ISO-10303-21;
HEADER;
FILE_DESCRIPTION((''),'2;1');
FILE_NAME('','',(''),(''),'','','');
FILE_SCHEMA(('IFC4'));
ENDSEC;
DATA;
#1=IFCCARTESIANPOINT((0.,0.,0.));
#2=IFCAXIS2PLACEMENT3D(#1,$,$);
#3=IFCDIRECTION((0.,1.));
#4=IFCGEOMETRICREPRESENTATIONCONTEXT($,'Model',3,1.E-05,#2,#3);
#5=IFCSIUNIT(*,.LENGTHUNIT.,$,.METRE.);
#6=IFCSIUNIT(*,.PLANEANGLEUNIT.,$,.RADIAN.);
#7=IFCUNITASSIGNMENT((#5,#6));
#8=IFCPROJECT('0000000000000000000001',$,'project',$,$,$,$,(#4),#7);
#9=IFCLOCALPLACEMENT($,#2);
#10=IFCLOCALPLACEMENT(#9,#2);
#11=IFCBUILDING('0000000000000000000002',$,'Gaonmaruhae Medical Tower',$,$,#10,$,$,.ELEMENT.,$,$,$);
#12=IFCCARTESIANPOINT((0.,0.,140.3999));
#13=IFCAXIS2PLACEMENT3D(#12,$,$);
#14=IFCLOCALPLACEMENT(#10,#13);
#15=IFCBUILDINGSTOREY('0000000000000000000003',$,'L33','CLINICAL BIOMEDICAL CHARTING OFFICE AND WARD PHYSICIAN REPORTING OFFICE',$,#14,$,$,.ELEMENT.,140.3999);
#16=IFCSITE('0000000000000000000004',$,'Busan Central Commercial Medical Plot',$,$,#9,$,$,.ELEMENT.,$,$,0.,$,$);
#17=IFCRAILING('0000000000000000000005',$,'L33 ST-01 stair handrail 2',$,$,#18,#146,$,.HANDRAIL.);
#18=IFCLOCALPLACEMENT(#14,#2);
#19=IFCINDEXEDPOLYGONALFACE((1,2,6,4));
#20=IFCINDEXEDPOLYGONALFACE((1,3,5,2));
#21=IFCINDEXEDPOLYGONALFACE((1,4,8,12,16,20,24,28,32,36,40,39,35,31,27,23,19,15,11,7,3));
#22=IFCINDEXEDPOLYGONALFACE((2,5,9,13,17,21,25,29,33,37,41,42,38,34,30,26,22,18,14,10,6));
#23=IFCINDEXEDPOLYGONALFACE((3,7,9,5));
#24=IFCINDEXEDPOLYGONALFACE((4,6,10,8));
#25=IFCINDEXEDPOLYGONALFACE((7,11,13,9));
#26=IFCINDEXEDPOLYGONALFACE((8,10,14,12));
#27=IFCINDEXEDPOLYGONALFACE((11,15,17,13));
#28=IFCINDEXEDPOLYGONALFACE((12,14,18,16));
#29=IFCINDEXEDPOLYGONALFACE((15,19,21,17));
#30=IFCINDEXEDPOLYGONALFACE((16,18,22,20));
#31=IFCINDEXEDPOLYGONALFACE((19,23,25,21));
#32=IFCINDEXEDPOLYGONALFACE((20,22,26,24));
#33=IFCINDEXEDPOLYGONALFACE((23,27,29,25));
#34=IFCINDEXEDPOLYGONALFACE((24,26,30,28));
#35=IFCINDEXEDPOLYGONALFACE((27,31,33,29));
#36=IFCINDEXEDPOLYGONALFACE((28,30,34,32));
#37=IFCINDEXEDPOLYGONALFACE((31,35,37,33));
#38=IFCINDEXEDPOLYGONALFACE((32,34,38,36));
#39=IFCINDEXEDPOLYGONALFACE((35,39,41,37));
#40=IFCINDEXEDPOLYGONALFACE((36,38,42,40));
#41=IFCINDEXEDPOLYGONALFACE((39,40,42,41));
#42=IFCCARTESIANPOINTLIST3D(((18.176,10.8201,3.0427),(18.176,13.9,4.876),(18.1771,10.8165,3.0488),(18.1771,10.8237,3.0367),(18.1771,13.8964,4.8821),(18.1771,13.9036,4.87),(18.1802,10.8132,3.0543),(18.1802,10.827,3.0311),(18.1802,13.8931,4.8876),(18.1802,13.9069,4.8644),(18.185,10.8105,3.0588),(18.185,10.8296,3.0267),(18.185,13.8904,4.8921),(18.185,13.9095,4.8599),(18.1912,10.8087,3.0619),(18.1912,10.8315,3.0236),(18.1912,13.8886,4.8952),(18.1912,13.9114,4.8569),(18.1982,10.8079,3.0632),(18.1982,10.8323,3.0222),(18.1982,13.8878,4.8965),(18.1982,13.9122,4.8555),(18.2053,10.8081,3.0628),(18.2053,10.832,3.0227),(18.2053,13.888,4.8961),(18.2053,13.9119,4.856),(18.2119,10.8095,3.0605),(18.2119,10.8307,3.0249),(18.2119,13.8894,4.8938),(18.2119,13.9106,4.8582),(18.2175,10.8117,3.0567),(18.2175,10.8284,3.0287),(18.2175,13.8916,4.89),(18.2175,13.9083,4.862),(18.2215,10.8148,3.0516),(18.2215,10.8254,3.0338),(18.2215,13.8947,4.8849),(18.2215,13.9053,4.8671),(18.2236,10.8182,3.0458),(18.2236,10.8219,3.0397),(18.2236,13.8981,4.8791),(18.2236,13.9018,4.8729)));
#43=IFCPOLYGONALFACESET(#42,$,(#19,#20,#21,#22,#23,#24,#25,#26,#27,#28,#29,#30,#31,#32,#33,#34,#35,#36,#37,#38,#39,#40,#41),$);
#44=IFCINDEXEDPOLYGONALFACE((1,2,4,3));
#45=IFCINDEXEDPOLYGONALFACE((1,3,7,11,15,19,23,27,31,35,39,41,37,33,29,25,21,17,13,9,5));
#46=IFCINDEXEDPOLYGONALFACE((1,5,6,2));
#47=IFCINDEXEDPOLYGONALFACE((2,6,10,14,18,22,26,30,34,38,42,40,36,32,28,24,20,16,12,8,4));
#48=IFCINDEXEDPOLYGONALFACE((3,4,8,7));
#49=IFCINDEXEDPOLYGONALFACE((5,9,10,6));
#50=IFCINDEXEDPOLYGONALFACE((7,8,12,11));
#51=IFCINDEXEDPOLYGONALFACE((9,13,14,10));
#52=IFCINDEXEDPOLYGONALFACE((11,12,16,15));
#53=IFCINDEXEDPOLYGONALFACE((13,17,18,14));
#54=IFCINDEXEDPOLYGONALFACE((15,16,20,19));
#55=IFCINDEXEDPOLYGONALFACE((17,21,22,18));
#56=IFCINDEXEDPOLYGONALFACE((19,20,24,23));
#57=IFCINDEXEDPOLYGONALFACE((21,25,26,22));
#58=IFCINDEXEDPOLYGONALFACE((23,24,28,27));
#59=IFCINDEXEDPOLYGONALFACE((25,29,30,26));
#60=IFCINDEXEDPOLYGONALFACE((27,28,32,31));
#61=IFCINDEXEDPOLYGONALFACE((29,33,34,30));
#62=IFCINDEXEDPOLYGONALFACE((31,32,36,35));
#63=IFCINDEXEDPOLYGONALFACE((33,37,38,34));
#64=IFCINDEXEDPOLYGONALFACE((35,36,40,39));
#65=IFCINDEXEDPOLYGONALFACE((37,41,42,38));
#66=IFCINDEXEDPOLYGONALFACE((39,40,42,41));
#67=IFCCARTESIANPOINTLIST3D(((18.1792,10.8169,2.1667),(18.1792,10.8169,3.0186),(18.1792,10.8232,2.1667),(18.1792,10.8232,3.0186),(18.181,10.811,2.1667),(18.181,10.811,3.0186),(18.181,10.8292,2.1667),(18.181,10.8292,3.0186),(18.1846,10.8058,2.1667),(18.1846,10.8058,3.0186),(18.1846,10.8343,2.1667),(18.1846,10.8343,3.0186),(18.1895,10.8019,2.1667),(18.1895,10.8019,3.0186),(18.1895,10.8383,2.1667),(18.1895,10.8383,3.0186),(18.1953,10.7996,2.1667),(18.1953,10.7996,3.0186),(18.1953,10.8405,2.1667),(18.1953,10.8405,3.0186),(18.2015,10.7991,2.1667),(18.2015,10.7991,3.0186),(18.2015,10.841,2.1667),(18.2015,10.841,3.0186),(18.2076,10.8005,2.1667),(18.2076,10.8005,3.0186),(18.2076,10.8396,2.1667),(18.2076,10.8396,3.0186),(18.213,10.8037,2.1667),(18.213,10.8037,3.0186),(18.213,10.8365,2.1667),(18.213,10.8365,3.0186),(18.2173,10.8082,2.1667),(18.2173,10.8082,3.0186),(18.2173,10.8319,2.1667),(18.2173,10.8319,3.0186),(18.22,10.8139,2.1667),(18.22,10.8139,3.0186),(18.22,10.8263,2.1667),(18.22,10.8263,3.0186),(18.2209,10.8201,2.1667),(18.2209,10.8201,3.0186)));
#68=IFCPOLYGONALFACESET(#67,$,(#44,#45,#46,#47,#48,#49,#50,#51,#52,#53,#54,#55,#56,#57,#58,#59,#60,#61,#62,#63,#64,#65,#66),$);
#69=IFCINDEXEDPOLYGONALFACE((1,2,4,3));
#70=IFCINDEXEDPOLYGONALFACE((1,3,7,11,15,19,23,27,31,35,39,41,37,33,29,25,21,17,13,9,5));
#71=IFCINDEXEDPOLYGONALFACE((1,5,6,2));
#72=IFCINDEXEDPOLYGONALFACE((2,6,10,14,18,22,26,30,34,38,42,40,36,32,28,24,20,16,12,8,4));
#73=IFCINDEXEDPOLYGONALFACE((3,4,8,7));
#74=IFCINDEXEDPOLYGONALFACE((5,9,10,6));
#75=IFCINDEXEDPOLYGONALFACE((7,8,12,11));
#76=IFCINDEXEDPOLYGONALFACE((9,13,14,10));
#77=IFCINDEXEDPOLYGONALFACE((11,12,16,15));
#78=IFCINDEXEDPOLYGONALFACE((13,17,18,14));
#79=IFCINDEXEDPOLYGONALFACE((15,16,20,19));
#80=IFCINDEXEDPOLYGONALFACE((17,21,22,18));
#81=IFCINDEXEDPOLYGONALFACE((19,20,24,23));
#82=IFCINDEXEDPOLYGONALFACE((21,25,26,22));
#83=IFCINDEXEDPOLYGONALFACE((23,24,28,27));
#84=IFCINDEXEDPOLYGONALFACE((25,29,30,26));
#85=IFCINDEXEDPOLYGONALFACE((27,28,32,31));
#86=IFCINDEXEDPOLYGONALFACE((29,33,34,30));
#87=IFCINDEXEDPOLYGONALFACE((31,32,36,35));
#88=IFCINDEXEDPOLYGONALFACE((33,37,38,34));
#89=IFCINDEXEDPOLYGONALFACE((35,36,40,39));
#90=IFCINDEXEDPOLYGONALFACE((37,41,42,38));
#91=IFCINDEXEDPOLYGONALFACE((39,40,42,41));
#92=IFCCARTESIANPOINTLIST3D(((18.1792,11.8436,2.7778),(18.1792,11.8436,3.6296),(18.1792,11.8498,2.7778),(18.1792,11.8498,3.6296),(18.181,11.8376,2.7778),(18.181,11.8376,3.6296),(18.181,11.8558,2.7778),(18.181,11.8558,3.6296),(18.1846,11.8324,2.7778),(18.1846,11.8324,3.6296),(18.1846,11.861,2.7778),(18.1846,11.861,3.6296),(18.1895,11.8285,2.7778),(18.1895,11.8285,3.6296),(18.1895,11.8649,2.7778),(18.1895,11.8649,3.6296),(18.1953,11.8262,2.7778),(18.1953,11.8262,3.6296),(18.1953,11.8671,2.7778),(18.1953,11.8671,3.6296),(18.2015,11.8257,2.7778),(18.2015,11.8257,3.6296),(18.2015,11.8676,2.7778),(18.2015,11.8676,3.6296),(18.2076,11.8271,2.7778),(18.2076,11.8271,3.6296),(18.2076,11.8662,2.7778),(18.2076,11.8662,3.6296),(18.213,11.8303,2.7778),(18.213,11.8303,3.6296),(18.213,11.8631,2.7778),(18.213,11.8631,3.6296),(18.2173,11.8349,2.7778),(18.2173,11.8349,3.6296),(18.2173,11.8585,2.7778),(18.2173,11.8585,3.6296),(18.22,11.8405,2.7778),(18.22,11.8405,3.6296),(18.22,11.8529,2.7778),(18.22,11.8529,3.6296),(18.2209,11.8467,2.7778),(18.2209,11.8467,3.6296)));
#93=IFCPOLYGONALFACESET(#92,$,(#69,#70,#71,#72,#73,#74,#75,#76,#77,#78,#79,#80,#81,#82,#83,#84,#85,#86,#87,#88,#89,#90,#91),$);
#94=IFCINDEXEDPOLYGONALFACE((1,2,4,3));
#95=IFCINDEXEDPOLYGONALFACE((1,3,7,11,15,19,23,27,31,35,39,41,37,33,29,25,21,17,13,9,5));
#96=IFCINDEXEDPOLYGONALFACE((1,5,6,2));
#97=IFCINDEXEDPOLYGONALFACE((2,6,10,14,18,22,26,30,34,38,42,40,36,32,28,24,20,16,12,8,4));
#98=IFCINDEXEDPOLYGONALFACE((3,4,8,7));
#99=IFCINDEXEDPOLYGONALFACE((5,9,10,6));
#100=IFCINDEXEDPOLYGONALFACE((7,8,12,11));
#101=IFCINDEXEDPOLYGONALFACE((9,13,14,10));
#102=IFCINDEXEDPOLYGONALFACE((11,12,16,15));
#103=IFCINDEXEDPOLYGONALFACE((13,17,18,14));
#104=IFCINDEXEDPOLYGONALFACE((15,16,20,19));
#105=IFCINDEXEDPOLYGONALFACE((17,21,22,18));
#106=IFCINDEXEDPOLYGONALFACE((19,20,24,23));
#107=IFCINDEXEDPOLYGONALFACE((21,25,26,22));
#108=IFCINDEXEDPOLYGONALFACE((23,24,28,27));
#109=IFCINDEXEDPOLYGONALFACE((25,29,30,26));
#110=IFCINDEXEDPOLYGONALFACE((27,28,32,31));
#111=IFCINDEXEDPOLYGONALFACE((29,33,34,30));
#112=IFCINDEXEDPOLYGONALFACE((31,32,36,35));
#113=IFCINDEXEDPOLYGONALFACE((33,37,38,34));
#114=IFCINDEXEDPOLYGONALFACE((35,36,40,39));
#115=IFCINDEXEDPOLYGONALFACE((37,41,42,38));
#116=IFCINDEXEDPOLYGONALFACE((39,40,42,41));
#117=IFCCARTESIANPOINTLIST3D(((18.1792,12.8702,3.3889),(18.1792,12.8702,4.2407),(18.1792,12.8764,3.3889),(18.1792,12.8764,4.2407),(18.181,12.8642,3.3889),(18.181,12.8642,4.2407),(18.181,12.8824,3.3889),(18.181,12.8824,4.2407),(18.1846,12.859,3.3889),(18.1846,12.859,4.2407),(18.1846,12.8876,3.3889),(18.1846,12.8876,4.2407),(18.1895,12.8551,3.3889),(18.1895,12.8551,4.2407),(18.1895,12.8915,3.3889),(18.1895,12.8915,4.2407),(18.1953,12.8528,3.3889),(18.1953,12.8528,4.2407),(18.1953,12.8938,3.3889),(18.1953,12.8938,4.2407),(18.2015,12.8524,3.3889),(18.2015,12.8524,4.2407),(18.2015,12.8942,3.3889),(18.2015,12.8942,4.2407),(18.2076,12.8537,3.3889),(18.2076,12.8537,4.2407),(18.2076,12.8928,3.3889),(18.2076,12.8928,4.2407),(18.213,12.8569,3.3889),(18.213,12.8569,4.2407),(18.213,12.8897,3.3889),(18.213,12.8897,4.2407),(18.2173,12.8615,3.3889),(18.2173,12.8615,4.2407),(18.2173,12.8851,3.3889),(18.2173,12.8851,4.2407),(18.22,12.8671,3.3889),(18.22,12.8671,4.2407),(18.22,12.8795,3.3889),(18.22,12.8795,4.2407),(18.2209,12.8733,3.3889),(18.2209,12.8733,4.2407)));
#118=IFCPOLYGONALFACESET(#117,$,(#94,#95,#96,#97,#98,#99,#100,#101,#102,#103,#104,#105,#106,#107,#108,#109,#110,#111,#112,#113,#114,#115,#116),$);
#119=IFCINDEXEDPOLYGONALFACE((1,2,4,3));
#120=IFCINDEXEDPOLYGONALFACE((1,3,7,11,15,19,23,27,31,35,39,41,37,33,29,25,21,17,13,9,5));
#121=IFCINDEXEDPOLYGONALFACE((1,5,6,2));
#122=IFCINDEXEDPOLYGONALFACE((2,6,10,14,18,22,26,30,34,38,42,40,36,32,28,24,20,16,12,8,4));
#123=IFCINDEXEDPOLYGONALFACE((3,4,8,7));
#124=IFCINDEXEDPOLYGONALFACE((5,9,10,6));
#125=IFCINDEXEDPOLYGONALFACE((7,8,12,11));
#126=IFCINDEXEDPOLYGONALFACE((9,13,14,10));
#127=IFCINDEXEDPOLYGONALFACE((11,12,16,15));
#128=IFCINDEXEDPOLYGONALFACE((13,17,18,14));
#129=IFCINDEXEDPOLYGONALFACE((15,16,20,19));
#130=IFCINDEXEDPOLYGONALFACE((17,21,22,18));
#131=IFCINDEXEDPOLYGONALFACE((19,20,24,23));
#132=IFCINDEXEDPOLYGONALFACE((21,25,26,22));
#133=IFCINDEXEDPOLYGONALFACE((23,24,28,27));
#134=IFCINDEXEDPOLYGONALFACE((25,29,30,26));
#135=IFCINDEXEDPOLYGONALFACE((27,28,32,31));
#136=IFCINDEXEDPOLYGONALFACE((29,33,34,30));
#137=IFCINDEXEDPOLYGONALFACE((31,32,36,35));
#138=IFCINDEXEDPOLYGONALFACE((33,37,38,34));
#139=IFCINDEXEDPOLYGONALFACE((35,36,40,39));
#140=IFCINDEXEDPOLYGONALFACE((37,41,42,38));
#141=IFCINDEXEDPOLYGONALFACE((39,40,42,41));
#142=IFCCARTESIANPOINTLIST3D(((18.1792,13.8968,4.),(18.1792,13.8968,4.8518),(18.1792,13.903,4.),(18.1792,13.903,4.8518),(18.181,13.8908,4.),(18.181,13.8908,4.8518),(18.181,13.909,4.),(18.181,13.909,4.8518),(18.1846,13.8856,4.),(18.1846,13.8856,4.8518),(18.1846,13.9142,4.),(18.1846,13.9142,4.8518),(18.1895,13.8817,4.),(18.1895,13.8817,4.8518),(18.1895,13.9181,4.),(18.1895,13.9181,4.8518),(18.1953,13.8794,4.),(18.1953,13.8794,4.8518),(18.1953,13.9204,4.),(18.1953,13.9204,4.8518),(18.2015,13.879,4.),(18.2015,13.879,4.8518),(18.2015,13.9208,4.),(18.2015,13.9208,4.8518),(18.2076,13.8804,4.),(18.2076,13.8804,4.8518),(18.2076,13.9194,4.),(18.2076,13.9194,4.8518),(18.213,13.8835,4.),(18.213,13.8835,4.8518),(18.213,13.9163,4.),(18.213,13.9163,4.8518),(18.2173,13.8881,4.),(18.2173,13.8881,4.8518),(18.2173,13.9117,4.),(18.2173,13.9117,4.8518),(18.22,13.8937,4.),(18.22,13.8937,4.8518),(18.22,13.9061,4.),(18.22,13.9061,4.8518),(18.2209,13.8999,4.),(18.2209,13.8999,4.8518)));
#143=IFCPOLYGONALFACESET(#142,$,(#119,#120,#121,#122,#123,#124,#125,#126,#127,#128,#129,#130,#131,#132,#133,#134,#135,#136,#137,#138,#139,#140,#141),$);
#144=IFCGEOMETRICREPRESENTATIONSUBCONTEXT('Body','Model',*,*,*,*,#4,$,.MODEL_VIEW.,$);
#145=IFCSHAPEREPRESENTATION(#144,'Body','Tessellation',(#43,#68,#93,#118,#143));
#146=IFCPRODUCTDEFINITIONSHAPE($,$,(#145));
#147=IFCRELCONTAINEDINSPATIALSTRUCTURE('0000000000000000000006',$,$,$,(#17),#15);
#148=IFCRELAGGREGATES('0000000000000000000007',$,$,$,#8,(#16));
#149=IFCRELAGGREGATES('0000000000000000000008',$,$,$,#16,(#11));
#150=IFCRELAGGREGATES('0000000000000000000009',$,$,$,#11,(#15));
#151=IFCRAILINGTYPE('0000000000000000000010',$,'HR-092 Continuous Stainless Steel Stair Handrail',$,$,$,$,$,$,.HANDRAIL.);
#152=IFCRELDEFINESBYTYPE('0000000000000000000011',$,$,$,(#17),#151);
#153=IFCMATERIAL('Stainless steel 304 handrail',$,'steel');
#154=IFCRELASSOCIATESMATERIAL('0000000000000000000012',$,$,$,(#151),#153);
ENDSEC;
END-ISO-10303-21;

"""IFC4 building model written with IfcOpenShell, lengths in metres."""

from ifc_helpers import new_model, si_unit, direction, frame, origin, origin_2d, place, context, subcontext, project, spatial, circle, extrude, material, type_object, element, save


model = new_model("IFC4")

# Units and contexts
model_context = context("Model", 3, precision=1e-05, world=origin(), true_north=direction((0.0, 1.0)))
body_context = subcontext(model_context, "Body", "Model", "MODEL_VIEW")
ifc_project = project(units=[si_unit("LENGTHUNIT", "METRE"), si_unit("PLANEANGLEUNIT", "RADIAN")], contexts=[model_context])

# Site, building, storey
site_placement = place(None, origin())
site = spatial("IfcSite", under=ifc_project, at=site_placement, Name="Busan Central Commercial Medical Plot", CompositionType="ELEMENT", RefElevation=0.0)
building_placement = place(site_placement, origin())
building = spatial("IfcBuilding", under=site, at=building_placement, Name="Gaonmaruhae Medical Tower", CompositionType="ELEMENT")
storey_placement = place(building_placement, frame((0.0, 0.0, 140.3999)))
storey = spatial("IfcBuildingStorey", under=building, at=storey_placement, Name="L33", Description="CLINICAL BIOMEDICAL CHARTING OFFICE AND WARD PHYSICIAN REPORTING OFFICE", CompositionType="ELEMENT", Elevation=140.3999)

# Railing
ifc_material_1 = material(Name="Stainless steel 304 handrail", Category="steel")
railing_type_1 = type_object("IfcRailingType", Name="HR-092 Continuous Stainless Steel Stair Handrail", PredefinedType="HANDRAIL", material=ifc_material_1)
railing_1_placement = place(storey_placement, frame((18.2, 10.8201, 2.1667)))
element("IfcRailing", 1, at=railing_1_placement, inside=storey, type_object=railing_type_1, Name="L33 ST-01 stair handrail 2", PredefinedType="HANDRAIL", context=body_context, shape_type="SweptSolid", body=[
    extrude(circle(Radius=0.0239, at=origin_2d()), frame((0.0, 0.0, 0.876), z_axis=(0.0, 0.859291, 0.511487), x_axis=(-1.0, 0.0, 0.0)), (0.0, 0.0, 1.0), 3.5842),
    extrude(circle(Radius=0.021, at=origin_2d()), origin(), (0.0, 0.0, 1.0), 0.8518),
    extrude(circle(Radius=0.021, at=origin_2d()), frame((0.0, 1.0266, 0.6111)), (0.0, 0.0, 1.0), 0.8518),
    extrude(circle(Radius=0.021, at=origin_2d()), frame((0.0, 2.0532, 1.2222)), (0.0, 0.0, 1.0), 0.8518),
    extrude(circle(Radius=0.021, at=origin_2d()), frame((0.0, 3.0798, 1.8333)), (0.0, 0.0, 1.0), 0.8518),
])

save(model, "model.ifc")
